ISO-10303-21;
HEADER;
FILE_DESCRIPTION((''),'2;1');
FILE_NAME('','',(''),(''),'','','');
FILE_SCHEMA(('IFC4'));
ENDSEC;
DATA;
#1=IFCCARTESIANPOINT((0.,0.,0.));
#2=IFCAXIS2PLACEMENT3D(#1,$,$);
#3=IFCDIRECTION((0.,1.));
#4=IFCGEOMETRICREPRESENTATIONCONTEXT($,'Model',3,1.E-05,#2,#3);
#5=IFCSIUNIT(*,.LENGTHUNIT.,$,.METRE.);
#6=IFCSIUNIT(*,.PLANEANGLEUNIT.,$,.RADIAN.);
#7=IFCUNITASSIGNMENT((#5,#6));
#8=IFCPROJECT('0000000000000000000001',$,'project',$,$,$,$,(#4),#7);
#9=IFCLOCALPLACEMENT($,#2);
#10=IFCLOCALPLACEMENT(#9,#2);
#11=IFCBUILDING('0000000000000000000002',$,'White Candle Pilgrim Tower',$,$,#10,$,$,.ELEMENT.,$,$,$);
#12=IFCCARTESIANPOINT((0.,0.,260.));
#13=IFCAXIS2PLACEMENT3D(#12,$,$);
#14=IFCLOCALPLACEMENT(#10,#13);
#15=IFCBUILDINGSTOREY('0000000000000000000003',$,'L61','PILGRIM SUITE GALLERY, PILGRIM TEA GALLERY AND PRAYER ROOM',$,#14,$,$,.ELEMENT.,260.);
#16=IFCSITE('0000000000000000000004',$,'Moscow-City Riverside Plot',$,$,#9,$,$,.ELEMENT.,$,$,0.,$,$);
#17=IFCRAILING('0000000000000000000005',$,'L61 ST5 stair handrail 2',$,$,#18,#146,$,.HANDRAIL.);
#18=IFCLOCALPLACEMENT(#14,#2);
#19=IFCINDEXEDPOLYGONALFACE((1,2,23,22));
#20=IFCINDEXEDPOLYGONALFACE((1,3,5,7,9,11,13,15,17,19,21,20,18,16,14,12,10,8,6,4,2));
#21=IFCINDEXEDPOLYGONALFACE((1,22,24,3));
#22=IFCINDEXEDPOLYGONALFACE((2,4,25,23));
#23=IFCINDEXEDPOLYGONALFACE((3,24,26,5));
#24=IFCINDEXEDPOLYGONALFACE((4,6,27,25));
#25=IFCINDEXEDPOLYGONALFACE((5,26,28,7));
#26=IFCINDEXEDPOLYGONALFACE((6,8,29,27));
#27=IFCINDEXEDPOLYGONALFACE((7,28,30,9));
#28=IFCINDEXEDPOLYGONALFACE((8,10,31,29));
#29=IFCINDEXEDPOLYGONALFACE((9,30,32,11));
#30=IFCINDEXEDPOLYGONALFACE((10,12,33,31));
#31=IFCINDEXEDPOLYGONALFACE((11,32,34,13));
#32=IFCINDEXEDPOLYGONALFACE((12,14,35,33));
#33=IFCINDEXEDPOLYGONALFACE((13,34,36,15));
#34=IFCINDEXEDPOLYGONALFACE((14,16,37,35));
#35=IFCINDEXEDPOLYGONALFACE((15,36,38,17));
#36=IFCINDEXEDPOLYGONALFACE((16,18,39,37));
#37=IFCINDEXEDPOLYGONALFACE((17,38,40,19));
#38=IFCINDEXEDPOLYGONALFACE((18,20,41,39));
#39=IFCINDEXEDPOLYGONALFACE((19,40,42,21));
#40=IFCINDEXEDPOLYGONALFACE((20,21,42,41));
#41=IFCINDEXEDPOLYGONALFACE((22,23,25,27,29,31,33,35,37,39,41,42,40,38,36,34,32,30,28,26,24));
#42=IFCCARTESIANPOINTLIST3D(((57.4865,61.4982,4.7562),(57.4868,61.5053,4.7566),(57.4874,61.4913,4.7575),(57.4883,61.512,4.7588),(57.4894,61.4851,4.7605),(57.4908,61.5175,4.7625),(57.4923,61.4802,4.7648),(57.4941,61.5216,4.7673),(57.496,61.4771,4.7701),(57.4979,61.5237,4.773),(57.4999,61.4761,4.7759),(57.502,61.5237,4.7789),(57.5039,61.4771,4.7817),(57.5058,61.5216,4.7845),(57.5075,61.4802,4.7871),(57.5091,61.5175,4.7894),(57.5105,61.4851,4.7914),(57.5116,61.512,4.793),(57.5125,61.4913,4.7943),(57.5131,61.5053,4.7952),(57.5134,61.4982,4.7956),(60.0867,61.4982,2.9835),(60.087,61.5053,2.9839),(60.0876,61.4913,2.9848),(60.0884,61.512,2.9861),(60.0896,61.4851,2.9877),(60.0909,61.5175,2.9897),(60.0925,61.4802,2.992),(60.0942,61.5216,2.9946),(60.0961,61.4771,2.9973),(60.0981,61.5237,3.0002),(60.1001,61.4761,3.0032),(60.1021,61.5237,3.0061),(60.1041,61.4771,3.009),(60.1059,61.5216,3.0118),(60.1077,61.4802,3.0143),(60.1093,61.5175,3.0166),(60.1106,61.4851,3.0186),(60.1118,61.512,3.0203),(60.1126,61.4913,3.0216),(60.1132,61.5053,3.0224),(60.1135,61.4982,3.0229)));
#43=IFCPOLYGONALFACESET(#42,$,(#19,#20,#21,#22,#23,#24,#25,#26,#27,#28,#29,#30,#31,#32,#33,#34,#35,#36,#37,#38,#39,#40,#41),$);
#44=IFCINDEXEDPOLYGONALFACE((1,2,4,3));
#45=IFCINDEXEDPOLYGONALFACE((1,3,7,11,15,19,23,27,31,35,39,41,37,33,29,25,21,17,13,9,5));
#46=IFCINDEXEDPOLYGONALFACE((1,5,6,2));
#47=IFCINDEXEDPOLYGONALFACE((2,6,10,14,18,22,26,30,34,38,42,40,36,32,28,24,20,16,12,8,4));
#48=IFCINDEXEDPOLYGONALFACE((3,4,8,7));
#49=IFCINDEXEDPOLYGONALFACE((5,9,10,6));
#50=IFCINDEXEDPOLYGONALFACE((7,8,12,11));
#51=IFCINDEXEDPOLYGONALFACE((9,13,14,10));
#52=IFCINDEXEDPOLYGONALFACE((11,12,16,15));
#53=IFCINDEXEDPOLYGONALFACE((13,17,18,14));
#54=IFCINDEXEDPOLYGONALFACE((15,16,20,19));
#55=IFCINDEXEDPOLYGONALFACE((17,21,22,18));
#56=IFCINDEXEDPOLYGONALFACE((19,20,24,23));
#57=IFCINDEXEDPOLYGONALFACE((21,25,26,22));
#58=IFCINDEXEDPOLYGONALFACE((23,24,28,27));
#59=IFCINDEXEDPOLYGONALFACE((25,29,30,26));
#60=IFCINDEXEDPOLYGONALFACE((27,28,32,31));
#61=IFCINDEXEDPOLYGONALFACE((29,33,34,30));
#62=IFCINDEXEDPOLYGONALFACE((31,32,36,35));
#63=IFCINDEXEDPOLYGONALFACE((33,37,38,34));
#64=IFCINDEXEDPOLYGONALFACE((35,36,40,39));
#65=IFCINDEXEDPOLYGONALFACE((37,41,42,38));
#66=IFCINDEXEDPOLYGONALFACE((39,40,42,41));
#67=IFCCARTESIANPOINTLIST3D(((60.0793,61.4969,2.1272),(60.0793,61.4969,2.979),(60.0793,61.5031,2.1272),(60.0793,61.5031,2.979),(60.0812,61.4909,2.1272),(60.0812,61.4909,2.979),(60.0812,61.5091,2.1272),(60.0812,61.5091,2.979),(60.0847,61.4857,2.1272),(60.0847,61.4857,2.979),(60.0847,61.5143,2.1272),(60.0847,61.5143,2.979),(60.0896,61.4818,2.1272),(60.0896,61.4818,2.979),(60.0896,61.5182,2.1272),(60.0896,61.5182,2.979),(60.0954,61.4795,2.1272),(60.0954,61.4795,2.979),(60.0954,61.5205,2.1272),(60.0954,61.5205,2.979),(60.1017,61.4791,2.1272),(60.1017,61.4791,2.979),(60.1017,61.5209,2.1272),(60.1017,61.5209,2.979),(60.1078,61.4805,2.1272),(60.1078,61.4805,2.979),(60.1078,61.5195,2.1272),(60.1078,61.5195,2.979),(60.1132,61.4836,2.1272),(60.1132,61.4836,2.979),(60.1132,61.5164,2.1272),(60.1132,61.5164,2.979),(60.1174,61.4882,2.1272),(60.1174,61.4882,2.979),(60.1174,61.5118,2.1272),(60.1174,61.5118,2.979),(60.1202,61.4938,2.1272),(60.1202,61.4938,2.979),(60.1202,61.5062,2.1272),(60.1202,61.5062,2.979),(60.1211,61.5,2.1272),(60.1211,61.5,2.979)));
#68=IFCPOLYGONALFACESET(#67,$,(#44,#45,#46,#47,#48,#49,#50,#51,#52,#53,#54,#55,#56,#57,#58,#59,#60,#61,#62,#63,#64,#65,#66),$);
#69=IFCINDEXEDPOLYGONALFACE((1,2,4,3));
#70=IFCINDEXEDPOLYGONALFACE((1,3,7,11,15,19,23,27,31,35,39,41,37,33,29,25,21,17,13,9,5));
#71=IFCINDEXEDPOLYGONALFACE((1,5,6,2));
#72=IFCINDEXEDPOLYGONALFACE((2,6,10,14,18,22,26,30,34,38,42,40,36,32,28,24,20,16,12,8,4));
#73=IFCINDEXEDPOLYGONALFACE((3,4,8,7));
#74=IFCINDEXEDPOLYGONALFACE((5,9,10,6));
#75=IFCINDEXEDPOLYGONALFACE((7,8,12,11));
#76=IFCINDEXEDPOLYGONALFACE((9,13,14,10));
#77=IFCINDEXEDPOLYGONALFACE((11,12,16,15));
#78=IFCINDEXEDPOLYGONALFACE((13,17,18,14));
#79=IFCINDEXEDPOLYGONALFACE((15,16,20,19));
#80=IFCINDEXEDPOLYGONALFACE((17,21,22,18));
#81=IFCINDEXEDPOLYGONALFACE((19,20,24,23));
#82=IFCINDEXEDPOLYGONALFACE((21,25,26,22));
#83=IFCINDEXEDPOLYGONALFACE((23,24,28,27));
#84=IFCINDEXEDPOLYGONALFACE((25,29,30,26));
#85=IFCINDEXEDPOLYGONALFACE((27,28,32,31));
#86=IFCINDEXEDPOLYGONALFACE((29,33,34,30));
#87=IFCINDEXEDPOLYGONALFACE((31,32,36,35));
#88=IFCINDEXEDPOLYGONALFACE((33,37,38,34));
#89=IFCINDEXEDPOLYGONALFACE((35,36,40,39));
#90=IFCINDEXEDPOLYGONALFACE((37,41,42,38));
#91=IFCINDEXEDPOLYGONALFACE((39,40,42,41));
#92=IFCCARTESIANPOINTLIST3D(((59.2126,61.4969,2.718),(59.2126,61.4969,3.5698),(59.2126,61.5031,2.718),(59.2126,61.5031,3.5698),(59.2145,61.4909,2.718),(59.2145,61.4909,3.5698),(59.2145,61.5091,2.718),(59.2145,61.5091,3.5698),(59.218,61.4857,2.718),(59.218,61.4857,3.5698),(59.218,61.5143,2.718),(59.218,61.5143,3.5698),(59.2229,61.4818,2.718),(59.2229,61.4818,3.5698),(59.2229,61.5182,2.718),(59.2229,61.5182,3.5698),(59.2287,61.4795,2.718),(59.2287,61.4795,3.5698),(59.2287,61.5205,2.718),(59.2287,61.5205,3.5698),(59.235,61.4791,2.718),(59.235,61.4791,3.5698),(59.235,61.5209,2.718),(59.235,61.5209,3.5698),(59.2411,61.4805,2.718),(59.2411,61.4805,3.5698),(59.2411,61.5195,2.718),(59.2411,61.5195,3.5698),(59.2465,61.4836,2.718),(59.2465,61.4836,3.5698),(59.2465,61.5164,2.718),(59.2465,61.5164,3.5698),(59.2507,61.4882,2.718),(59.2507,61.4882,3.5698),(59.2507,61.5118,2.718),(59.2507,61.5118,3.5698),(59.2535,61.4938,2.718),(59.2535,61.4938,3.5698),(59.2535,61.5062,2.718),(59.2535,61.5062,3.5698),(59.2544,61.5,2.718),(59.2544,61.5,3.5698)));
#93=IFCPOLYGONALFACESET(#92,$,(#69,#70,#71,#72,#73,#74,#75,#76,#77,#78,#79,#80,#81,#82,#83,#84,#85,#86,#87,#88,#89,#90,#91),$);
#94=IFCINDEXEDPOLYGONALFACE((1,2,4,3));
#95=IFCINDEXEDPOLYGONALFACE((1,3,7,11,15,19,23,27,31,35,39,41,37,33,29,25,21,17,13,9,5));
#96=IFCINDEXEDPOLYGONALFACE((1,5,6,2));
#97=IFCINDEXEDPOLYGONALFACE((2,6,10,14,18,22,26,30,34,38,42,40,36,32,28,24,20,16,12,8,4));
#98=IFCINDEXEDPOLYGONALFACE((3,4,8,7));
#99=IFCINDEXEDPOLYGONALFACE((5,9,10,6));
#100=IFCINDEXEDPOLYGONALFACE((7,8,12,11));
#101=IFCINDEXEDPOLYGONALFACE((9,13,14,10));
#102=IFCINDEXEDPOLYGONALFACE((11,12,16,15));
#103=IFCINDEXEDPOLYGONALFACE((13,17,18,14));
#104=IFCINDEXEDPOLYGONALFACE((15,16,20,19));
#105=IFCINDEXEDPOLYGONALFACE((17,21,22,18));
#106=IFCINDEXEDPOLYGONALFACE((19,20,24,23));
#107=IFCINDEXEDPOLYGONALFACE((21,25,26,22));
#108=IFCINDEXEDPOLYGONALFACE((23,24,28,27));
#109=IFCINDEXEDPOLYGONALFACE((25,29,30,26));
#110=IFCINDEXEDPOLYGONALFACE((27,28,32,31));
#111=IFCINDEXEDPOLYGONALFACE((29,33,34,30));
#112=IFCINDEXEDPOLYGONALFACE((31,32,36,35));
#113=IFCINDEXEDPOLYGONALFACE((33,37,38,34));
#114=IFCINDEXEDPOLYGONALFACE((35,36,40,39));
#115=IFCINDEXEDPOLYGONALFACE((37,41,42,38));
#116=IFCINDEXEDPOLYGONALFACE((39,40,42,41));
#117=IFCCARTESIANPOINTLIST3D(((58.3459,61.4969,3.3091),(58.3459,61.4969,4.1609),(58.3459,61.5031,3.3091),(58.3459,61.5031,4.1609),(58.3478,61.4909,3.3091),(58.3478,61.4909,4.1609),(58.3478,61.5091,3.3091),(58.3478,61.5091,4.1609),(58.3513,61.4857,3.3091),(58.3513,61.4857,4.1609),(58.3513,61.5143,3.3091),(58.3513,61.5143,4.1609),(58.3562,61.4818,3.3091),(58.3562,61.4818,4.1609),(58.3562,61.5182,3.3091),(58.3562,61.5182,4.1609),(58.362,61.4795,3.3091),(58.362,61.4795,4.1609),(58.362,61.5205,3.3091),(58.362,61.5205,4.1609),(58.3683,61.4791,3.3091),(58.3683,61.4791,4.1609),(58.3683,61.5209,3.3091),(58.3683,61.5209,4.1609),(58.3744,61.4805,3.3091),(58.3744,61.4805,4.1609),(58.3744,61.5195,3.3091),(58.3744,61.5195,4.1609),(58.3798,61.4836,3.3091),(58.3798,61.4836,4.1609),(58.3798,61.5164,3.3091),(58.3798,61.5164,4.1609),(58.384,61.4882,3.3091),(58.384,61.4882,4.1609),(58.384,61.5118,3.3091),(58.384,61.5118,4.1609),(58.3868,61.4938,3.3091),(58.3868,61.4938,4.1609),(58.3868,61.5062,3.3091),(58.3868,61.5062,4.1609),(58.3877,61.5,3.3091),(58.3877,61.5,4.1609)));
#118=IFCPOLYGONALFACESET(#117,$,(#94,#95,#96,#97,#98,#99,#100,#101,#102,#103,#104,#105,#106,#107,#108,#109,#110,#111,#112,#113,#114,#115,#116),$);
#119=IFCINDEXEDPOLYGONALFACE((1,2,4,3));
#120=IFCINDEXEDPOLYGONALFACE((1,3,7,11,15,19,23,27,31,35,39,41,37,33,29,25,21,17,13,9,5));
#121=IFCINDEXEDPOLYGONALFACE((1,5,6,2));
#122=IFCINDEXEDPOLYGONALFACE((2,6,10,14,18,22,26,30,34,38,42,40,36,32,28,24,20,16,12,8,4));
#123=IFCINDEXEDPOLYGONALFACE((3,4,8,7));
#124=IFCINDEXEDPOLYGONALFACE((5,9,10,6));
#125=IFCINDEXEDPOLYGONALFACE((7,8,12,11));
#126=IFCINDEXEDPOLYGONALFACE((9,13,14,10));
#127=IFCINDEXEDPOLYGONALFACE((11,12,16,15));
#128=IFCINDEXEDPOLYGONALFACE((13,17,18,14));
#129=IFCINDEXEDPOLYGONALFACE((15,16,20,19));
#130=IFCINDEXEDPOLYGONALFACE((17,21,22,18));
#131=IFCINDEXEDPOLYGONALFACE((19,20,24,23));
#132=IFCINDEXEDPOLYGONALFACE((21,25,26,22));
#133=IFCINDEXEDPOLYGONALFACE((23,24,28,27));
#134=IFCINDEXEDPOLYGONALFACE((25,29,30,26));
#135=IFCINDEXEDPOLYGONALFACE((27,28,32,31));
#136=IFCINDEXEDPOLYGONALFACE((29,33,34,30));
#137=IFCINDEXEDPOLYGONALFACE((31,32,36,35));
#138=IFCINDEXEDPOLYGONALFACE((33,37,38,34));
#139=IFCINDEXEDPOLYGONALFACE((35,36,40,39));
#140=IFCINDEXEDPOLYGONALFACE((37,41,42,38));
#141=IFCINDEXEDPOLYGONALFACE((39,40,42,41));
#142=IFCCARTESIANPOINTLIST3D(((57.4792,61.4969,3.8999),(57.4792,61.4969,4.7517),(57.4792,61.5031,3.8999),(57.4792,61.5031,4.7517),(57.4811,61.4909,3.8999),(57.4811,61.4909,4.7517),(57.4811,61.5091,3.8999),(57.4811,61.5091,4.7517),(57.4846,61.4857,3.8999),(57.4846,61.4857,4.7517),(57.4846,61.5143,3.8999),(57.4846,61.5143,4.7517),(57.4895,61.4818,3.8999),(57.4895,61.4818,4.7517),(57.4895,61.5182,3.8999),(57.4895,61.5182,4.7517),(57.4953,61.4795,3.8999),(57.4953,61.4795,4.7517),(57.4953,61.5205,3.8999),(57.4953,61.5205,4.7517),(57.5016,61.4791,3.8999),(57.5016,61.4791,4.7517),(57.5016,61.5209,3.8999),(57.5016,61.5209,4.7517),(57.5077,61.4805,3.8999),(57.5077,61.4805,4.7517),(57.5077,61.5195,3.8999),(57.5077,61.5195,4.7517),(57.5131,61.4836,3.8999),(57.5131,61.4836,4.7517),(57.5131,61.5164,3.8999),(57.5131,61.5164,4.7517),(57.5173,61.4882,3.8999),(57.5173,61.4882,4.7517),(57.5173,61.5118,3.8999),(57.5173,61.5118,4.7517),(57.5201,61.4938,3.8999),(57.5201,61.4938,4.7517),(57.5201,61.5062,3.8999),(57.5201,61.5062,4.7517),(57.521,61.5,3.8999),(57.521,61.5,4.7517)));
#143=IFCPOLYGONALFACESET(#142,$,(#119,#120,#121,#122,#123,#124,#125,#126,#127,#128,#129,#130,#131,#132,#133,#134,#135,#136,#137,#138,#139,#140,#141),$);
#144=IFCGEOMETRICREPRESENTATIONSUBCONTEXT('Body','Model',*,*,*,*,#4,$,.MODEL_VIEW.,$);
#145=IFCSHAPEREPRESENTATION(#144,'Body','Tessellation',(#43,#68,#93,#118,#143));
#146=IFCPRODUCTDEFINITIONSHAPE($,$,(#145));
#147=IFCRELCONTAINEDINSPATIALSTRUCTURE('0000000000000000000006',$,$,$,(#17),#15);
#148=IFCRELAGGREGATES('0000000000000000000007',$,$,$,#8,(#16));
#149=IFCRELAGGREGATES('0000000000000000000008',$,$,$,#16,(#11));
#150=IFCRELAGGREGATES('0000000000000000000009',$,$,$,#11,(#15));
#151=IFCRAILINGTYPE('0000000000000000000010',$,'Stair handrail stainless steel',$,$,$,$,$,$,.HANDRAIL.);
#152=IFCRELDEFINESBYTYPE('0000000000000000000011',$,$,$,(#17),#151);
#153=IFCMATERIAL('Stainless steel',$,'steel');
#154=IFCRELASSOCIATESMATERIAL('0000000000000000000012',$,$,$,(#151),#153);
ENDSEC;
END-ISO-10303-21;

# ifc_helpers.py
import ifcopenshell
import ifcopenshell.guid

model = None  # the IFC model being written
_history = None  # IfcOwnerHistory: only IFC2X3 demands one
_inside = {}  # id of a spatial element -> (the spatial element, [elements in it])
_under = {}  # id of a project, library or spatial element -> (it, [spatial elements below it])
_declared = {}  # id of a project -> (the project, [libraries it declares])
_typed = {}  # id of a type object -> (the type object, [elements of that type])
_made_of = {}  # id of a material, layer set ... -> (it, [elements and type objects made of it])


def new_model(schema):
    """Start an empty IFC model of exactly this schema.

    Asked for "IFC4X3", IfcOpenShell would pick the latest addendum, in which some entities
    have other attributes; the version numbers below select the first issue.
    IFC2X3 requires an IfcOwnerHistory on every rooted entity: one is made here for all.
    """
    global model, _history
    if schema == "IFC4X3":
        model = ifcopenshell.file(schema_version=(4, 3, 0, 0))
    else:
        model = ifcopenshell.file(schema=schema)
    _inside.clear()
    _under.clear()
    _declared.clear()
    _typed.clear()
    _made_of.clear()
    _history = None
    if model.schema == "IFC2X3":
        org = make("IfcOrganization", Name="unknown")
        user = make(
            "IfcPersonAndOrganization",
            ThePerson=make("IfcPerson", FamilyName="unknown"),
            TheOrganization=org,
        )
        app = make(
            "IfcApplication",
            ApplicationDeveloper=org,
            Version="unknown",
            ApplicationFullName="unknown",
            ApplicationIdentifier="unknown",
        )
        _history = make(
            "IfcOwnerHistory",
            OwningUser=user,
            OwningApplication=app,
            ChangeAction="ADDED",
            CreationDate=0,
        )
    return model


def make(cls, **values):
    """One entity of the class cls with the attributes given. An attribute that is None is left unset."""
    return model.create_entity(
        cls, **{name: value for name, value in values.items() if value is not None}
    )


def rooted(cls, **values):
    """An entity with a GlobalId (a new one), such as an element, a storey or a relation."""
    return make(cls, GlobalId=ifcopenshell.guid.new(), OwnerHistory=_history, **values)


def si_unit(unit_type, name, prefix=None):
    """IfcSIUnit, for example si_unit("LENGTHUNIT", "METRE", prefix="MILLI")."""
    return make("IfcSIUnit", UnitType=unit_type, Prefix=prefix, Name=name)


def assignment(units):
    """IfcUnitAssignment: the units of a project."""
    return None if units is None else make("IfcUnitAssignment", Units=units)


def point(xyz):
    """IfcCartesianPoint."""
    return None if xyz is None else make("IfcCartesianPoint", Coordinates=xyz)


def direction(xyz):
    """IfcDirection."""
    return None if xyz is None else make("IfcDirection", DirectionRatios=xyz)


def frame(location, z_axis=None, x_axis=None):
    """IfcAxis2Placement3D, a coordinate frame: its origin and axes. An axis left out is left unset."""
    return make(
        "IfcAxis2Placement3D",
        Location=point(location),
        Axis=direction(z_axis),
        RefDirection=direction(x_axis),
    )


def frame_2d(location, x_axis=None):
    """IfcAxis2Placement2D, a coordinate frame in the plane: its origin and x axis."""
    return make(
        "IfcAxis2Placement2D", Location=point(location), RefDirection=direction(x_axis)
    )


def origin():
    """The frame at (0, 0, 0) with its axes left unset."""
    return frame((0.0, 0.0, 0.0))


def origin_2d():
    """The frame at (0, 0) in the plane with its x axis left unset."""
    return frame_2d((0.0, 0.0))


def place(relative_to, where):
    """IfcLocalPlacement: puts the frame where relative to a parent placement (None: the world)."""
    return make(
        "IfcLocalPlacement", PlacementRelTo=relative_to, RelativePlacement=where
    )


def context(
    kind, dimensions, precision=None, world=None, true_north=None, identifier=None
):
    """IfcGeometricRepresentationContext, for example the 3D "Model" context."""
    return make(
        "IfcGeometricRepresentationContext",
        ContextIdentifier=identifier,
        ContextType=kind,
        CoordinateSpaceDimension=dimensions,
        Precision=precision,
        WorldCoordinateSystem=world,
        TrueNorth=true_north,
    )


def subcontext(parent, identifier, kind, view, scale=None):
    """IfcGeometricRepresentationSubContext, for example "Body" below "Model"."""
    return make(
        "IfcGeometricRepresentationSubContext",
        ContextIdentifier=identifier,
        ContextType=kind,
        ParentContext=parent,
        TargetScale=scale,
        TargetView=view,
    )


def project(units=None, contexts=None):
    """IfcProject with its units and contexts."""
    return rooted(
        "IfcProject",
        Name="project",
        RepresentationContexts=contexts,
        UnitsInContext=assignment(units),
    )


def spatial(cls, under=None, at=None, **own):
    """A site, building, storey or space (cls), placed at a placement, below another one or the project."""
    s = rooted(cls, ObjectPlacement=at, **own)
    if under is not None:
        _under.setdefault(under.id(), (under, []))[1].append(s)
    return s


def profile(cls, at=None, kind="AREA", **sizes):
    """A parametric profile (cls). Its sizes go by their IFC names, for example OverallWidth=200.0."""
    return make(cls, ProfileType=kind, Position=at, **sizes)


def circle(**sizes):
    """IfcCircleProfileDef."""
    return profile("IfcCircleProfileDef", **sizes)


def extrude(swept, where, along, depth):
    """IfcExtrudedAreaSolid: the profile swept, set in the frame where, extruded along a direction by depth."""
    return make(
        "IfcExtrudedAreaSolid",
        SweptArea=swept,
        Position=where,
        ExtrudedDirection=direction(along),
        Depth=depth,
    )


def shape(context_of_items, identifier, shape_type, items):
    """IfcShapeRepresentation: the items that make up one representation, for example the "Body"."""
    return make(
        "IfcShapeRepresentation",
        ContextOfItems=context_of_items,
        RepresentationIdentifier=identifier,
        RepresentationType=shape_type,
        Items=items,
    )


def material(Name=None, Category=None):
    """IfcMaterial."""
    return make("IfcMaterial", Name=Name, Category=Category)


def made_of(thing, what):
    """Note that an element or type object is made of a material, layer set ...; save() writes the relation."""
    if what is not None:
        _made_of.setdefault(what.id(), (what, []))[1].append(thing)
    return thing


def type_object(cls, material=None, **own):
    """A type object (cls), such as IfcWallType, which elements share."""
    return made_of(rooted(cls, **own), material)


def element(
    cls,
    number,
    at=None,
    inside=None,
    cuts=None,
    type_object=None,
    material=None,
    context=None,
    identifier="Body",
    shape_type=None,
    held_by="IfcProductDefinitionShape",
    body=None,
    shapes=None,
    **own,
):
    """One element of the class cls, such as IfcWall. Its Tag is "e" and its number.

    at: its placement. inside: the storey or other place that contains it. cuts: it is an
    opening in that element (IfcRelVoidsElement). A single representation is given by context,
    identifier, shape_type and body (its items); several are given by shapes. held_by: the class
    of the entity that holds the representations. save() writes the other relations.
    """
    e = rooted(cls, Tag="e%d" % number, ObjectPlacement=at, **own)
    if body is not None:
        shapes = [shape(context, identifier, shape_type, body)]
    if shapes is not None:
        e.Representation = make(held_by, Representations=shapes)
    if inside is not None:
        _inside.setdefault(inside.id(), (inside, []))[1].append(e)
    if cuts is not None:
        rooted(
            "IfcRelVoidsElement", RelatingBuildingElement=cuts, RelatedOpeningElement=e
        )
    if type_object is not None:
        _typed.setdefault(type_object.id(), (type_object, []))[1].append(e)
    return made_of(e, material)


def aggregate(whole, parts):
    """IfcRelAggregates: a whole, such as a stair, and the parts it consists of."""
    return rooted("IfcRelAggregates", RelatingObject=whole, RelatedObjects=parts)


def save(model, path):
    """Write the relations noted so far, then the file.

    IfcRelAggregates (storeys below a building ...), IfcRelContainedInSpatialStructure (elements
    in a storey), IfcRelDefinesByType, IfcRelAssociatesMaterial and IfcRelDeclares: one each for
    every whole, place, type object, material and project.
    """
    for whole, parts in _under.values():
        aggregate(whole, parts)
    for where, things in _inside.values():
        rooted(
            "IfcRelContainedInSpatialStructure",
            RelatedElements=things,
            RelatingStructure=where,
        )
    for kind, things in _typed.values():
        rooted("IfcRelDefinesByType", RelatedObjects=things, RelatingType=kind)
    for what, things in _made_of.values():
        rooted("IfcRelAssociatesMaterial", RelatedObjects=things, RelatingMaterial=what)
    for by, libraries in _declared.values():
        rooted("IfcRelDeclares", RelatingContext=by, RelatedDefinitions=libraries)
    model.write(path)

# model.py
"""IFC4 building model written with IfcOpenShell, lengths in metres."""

from ifc_helpers import new_model, si_unit, direction, frame, origin, origin_2d, place, context, subcontext, project, spatial, circle, extrude, material, type_object, element, save


model = new_model("IFC4")

# Units and contexts
model_context = context("Model", 3, precision=1e-05, world=origin(), true_north=direction((0.0, 1.0)))
body_context = subcontext(model_context, "Body", "Model", "MODEL_VIEW")
ifc_project = project(units=[si_unit("LENGTHUNIT", "METRE"), si_unit("PLANEANGLEUNIT", "RADIAN")], contexts=[model_context])

# Site, building, storey
site_placement = place(None, origin())
site = spatial("IfcSite", under=ifc_project, at=site_placement, Name="Moscow-City Riverside Plot", CompositionType="ELEMENT", RefElevation=0.0)
building_placement = place(site_placement, origin())
building = spatial("IfcBuilding", under=site, at=building_placement, Name="White Candle Pilgrim Tower", CompositionType="ELEMENT")
storey_placement = place(building_placement, frame((0.0, 0.0, 260.0)))
storey = spatial("IfcBuildingStorey", under=building, at=storey_placement, Name="L61", Description="PILGRIM SUITE GALLERY, PILGRIM TEA GALLERY AND PRAYER ROOM", CompositionType="ELEMENT", Elevation=260.0)

# Railing
ifc_material_1 = material(Name="Stainless steel", Category="steel")
railing_type_1 = type_object("IfcRailingType", Name="Stair handrail stainless steel", PredefinedType="HANDRAIL", material=ifc_material_1)
railing_1_placement = place(storey_placement, frame((60.1001, 61.5, 2.1272)))
element("IfcRailing", 1, at=railing_1_placement, inside=storey, type_object=railing_type_1, Name="L61 ST5 stair handrail 2", PredefinedType="HANDRAIL", context=body_context, shape_type="SweptSolid", body=[
    extrude(circle(Radius=0.0239, at=origin_2d()), frame((0.0, 0.0, 0.876), z_axis=(-0.82624, 0.0, 0.563318), x_axis=(0.0, -1.0, 0.0)), (0.0, 0.0, 1.0), 3.147),
    extrude(circle(Radius=0.021, at=origin_2d()), origin(), (0.0, 0.0, 1.0), 0.8518),
    extrude(circle(Radius=0.021, at=origin_2d()), frame((-0.8667, 0.0, 0.5908)), (0.0, 0.0, 1.0), 0.8518),
    extrude(circle(Radius=0.021, at=origin_2d()), frame((-1.7334, 0.0, 1.1819)), (0.0, 0.0, 1.0), 0.8518),
    extrude(circle(Radius=0.021, at=origin_2d()), frame((-2.6001, 0.0, 1.7727)), (0.0, 0.0, 1.0), 0.8518),
])

save(model, "model.ifc")
